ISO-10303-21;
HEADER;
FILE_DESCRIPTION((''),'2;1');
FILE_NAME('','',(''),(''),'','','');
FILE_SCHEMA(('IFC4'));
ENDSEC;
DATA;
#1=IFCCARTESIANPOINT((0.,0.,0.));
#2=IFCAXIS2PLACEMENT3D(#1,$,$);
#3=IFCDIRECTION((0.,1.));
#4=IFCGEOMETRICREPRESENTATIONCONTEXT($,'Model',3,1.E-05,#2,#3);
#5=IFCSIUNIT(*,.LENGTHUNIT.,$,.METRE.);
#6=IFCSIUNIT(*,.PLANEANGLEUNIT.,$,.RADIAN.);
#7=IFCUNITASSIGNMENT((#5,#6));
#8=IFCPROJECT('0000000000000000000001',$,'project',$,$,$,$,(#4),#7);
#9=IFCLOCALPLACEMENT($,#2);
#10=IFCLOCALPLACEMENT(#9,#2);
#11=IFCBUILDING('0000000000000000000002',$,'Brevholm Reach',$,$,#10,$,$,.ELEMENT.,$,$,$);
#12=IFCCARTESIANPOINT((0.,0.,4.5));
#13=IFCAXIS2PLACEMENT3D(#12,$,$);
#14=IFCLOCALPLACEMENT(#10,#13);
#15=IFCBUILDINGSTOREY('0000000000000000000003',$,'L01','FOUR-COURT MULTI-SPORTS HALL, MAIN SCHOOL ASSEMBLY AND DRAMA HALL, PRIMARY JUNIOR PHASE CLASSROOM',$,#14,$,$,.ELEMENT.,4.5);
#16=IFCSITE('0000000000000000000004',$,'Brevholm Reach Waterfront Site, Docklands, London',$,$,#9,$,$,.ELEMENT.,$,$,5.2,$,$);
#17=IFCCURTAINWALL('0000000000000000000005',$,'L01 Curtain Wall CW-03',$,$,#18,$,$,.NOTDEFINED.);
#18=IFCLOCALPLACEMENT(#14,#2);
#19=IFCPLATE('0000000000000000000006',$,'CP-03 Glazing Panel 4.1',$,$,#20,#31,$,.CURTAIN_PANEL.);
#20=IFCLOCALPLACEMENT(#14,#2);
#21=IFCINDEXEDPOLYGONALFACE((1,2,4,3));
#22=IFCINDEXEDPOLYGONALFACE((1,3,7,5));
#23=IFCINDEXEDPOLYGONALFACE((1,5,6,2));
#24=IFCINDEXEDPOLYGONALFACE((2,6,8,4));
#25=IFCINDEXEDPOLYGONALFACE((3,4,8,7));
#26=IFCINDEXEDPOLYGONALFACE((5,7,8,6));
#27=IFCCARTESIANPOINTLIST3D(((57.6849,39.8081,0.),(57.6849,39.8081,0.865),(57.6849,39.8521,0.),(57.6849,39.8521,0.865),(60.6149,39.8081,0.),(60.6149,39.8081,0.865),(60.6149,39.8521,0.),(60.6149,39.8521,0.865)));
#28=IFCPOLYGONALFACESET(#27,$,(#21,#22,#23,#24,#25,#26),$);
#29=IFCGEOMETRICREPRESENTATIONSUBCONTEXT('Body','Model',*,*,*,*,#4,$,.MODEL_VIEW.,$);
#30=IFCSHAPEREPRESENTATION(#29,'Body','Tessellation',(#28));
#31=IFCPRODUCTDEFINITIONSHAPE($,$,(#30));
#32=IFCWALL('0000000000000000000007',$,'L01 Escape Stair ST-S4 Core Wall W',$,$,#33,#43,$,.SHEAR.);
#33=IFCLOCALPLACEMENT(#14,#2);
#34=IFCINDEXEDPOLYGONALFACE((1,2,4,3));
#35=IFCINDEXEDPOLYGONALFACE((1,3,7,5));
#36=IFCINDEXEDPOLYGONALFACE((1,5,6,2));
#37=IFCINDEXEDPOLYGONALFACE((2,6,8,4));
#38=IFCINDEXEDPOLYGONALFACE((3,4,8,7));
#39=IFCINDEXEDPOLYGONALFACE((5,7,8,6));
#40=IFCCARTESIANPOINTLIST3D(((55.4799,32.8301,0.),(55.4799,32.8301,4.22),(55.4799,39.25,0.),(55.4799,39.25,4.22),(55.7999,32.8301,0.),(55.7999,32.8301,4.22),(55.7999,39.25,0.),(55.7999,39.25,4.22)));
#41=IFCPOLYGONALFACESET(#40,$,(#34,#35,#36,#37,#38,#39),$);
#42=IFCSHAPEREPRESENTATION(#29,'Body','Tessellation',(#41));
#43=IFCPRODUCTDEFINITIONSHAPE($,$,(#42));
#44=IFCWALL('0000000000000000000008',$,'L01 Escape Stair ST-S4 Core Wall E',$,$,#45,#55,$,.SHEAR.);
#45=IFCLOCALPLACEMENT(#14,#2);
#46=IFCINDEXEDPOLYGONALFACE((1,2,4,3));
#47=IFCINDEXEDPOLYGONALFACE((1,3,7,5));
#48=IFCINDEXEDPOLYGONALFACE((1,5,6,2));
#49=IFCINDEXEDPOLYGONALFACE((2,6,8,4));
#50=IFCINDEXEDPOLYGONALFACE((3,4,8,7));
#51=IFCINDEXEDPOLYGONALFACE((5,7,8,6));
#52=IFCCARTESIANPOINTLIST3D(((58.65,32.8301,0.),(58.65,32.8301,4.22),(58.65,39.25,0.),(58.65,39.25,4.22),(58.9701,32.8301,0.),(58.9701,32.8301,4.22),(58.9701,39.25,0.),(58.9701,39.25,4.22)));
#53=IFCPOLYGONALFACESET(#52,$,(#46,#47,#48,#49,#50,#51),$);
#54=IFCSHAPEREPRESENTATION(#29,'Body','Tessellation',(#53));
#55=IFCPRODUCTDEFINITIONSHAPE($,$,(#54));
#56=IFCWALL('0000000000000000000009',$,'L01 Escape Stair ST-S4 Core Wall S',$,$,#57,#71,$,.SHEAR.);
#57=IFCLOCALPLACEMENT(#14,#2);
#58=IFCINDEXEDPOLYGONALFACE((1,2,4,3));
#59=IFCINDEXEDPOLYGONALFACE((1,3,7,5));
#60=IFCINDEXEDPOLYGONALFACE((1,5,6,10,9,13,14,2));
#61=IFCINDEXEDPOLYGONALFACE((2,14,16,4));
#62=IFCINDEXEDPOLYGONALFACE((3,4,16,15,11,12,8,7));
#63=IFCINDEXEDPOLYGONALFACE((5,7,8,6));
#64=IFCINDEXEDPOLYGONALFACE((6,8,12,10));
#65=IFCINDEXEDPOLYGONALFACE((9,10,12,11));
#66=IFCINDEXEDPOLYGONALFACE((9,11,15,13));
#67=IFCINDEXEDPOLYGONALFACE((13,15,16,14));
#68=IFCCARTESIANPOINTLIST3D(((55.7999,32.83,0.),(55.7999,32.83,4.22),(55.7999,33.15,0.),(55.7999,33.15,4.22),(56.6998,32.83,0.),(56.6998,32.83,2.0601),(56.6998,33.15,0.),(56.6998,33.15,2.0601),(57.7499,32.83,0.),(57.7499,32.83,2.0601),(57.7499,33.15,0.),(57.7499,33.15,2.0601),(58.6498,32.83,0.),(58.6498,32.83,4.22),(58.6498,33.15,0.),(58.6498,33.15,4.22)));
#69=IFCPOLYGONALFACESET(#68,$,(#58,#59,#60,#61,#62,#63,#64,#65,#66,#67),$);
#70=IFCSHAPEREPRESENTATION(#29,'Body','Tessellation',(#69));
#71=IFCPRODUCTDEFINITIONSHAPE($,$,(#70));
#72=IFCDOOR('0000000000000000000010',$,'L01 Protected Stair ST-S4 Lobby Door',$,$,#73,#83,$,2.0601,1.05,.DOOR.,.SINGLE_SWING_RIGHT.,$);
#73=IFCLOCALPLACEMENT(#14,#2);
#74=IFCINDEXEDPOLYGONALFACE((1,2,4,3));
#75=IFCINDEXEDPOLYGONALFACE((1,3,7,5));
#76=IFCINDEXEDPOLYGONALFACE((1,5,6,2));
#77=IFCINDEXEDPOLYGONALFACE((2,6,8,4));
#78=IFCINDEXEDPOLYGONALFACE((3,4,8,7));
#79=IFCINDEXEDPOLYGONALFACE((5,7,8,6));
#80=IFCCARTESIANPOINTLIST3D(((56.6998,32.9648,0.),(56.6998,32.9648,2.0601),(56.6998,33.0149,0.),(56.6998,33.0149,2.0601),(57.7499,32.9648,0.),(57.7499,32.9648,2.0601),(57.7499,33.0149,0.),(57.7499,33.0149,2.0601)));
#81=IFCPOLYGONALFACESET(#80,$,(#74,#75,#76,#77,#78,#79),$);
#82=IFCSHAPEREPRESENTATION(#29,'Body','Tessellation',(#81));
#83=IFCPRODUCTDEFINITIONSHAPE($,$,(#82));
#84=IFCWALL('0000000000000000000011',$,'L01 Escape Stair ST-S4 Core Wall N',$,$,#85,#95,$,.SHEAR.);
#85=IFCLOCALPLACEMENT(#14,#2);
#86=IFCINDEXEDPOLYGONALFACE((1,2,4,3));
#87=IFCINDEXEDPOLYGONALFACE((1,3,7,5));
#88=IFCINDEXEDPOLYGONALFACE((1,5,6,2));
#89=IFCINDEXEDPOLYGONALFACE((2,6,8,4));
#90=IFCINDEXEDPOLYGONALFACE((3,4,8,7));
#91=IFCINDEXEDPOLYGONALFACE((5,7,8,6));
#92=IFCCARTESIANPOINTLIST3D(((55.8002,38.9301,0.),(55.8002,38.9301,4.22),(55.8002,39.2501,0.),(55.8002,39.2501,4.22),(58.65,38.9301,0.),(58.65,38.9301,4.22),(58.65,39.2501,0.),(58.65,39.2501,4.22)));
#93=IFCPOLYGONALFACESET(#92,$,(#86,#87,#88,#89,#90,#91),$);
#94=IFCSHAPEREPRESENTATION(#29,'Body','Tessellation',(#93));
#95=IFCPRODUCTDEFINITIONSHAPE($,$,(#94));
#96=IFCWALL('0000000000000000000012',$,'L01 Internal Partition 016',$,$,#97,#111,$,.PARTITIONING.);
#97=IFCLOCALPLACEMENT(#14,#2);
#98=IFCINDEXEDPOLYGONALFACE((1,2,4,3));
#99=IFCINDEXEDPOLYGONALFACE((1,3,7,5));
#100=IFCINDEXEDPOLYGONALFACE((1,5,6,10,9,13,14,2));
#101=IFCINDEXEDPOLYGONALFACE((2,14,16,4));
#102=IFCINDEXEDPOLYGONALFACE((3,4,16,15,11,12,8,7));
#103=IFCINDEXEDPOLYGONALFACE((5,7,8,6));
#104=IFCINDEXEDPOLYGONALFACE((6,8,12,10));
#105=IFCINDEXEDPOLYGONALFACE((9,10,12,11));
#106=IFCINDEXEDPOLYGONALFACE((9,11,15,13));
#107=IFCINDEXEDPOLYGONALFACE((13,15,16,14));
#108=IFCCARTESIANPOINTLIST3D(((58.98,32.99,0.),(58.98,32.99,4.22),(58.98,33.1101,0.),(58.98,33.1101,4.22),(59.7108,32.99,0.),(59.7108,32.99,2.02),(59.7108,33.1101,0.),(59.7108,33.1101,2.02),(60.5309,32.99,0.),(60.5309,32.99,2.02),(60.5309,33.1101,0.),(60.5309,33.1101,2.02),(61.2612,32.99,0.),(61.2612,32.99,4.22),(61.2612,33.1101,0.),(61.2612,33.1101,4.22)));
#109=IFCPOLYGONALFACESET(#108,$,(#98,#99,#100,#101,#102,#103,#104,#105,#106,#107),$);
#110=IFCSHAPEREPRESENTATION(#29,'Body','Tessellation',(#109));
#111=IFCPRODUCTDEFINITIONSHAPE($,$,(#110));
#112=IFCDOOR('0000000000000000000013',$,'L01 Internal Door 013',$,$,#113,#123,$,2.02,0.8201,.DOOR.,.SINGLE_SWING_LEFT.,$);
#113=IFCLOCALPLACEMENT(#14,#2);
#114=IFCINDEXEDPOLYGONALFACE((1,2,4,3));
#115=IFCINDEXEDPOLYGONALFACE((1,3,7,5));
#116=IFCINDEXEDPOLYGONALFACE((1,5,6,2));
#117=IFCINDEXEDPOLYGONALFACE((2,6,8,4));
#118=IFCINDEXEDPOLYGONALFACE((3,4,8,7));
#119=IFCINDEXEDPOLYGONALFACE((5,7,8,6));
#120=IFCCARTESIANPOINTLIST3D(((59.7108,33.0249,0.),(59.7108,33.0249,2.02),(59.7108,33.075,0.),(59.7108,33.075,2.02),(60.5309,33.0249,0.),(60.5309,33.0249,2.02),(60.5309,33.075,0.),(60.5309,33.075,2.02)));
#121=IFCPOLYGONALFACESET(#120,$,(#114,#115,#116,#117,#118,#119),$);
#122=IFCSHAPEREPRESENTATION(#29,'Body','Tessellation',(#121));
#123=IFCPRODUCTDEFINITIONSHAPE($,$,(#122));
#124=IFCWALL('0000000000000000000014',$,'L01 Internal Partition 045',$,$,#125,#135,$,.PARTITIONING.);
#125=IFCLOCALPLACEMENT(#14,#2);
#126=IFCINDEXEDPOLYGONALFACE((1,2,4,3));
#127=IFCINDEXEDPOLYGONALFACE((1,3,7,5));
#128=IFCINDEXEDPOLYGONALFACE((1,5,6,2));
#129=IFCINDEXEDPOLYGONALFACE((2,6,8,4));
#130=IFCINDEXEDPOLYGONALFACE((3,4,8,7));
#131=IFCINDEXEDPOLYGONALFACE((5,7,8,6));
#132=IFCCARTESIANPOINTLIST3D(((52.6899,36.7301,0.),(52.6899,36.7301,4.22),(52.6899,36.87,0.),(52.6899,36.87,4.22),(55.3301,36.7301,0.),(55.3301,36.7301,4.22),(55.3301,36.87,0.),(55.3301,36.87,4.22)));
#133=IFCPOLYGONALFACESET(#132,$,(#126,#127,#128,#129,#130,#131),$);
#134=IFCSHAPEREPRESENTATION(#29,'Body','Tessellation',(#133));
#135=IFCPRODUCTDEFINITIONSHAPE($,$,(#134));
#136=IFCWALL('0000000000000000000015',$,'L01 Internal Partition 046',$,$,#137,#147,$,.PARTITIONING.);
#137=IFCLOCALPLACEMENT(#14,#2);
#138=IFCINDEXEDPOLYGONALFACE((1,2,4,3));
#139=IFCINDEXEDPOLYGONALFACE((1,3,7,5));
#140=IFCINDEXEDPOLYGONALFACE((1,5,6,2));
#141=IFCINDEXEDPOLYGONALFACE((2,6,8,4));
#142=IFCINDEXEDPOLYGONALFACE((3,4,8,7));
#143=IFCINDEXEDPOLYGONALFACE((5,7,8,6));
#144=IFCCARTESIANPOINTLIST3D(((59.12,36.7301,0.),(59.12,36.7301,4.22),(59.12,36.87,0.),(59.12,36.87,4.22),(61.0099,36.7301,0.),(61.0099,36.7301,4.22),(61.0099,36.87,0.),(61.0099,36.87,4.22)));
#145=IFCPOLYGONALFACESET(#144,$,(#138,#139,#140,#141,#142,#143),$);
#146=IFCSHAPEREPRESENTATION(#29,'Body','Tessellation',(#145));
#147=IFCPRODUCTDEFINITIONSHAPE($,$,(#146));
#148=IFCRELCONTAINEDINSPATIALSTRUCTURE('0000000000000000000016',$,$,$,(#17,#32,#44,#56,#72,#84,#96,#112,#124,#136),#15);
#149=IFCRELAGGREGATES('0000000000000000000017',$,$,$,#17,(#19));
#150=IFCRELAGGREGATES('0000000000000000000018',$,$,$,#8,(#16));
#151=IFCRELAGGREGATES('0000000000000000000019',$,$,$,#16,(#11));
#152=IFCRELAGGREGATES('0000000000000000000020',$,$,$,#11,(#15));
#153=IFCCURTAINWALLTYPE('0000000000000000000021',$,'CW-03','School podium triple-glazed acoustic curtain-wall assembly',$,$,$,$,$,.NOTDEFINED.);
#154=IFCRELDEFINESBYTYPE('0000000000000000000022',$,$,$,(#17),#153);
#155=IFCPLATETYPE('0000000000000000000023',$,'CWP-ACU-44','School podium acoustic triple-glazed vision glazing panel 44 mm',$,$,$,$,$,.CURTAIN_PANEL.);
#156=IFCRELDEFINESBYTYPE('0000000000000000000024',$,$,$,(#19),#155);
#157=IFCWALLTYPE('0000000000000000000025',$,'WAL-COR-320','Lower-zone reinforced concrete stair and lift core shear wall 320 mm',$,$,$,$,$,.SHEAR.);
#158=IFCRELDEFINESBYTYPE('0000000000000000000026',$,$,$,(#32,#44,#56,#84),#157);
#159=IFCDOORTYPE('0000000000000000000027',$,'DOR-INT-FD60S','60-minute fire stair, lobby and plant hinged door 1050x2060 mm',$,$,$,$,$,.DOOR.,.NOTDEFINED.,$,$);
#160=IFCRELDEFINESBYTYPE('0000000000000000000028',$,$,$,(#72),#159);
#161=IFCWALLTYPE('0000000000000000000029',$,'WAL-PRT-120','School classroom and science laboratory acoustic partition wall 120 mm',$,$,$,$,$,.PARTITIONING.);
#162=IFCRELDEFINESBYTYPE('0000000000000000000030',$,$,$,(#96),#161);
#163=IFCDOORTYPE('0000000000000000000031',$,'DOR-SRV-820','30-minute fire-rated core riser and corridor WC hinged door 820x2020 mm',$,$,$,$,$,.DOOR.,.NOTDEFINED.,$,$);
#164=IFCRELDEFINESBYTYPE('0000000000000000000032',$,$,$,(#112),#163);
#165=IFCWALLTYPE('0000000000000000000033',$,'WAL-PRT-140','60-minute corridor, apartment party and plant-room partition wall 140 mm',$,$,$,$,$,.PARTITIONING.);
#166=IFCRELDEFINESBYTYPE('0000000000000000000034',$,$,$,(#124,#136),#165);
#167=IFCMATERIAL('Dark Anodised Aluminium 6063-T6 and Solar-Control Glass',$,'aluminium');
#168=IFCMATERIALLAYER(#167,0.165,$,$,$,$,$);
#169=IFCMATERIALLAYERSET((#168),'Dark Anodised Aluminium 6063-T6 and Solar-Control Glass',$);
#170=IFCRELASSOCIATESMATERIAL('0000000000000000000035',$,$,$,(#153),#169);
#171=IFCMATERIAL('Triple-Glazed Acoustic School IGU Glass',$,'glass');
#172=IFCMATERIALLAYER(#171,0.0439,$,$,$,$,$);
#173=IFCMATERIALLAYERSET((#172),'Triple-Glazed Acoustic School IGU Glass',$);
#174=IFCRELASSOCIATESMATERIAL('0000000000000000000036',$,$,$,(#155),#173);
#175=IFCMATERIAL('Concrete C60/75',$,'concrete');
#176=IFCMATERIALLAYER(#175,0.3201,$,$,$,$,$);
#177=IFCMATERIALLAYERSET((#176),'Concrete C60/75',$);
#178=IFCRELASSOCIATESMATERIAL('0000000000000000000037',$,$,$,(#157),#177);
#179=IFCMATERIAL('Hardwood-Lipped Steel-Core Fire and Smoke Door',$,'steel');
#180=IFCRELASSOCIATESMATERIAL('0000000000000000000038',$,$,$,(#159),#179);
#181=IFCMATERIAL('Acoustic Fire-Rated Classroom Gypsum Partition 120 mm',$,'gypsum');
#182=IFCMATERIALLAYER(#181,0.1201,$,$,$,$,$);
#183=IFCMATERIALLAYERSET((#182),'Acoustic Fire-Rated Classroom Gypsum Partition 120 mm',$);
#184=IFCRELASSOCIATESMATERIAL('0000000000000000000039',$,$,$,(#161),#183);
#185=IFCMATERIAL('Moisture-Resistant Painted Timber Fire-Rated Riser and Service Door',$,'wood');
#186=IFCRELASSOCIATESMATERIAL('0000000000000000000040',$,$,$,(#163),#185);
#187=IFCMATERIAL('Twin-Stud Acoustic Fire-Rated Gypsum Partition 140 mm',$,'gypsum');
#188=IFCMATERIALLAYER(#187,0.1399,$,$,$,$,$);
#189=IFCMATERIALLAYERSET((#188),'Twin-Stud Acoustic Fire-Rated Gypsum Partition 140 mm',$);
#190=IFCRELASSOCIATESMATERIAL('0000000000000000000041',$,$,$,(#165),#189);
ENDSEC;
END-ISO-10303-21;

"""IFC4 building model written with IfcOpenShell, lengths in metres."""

from ifc_helpers import new_model, si_unit, direction, frame, frame_2d, origin, origin_2d, place, context, subcontext, project, spatial, rectangle, extrude, material, layer, layer_set, type_object, element, fill, aggregate, save


model = new_model("IFC4")

# Units and contexts
model_context = context("Model", 3, precision=1e-05, world=origin(), true_north=direction((0.0, 1.0)))
body_context = subcontext(model_context, "Body", "Model", "MODEL_VIEW")
ifc_project = project(units=[si_unit("LENGTHUNIT", "METRE"), si_unit("PLANEANGLEUNIT", "RADIAN")], contexts=[model_context])

# Site, building, storey
site_placement = place(None, origin())
site = spatial("IfcSite", under=ifc_project, at=site_placement, Name="Brevholm Reach Waterfront Site, Docklands, London", CompositionType="ELEMENT", RefElevation=5.2)
building_placement = place(site_placement, origin())
building = spatial("IfcBuilding", under=site, at=building_placement, Name="Brevholm Reach", CompositionType="ELEMENT")
storey_placement = place(building_placement, frame((0.0, 0.0, 4.5)))
storey = spatial("IfcBuildingStorey", under=building, at=storey_placement, Name="L01", Description="FOUR-COURT MULTI-SPORTS HALL, MAIN SCHOOL ASSEMBLY AND DRAMA HALL, PRIMARY JUNIOR PHASE CLASSROOM", CompositionType="ELEMENT", Elevation=4.5)

# Curtain wall, plate
ifc_material_1 = material(Name="Dark Anodised Aluminium 6063-T6 and Solar-Control Glass", Category="aluminium")
ifc_layer_1 = layer(ifc_material_1, 0.165)
ifc_layer_set_1 = layer_set([ifc_layer_1], Name="Dark Anodised Aluminium 6063-T6 and Solar-Control Glass")
curtain_wall_type = type_object("IfcCurtainWallType", Name="CW-03", Description="School podium triple-glazed acoustic curtain-wall assembly", PredefinedType="NOTDEFINED", material=ifc_layer_set_1)
curtain_wall_placement = place(storey_placement, origin())
curtain_wall = element("IfcCurtainWall", 1, at=curtain_wall_placement, inside=storey, type_object=curtain_wall_type, Name="L01 Curtain Wall CW-03", PredefinedType="NOTDEFINED")
ifc_material_2 = material(Name="Triple-Glazed Acoustic School IGU Glass", Category="glass")
ifc_layer_2 = layer(ifc_material_2, 0.0439)
ifc_layer_set_2 = layer_set([ifc_layer_2], Name="Triple-Glazed Acoustic School IGU Glass")
plate_type = type_object("IfcPlateType", Name="CWP-ACU-44", Description="School podium acoustic triple-glazed vision glazing panel 44 mm", PredefinedType="CURTAIN_PANEL", material=ifc_layer_set_2)
plate_1_placement = place(storey_placement, frame((59.1499, 39.8301, 0.0), z_axis=(0.0, 0.0, 1.0), x_axis=(1.0, 0.0, 0.0)))
plate_1 = element("IfcPlate", 2, at=plate_1_placement, type_object=plate_type, Name="CP-03 Glazing Panel 4.1", PredefinedType="CURTAIN_PANEL", context=body_context, shape_type="SweptSolid", body=[
    extrude(rectangle(XDim=2.9299, YDim=0.0439, at=origin_2d()), origin(), (0.0, 0.0, 1.0), 0.865),
])
aggregate(curtain_wall, [plate_1])

# Walls
ifc_material_3 = material(Name="Concrete C60/75", Category="concrete")
ifc_layer_3 = layer(ifc_material_3, 0.3201)
ifc_layer_set_3 = layer_set([ifc_layer_3], Name="Concrete C60/75")
wall_type_1 = type_object("IfcWallType", Name="WAL-COR-320", Description="Lower-zone reinforced concrete stair and lift core shear wall 320 mm", PredefinedType="SHEAR", material=ifc_layer_set_3)
for number, where, z_axis, x_axis, name in (
    (3, (55.6399, 32.8301, 0.0), (0.0, 0.0, 1.0), (0.0, 1.0, 0.0), "L01 Escape Stair ST-S4 Core Wall W"),
    (4, (58.8101, 32.8301, 0.0), (0.0, 0.0, 1.0), (0.0, 1.0, 0.0), "L01 Escape Stair ST-S4 Core Wall E"),
):
    element("IfcWall", number, at=place(storey_placement, frame(where, z_axis=z_axis, x_axis=x_axis)), inside=storey, type_object=wall_type_1, Name=name, PredefinedType="SHEAR", context=body_context, shape_type="SweptSolid", body=[
        extrude(rectangle(XDim=6.4199, YDim=0.3201, at=frame_2d((3.21, 0.0))), origin(), (0.0, 0.0, 1.0), 4.22),
    ])

# Wall, opening, door
wall_1_placement = place(storey_placement, frame((55.8, 32.99, 0.0), z_axis=(0.0, 0.0, 1.0), x_axis=(1.0, 0.0, 0.0)))
wall_1 = element("IfcWall", 5, at=wall_1_placement, inside=storey, type_object=wall_type_1, Name="L01 Escape Stair ST-S4 Core Wall S", PredefinedType="SHEAR", context=body_context, shape_type="SweptSolid", body=[
    extrude(rectangle(XDim=2.8499, YDim=0.3201, at=frame_2d((1.4248, 0.0))), origin(), (0.0, 0.0, 1.0), 4.22),
])
opening_1_placement = place(wall_1_placement, frame((0.8999, 0.0, 0.0)))
opening_1 = element("IfcOpeningElement", 6, at=opening_1_placement, cuts=wall_1, PredefinedType="OPENING", context=body_context, shape_type="SweptSolid", body=[
    extrude(rectangle(XDim=1.05, YDim=2.0601, at=frame_2d((0.5249, 1.03))), frame((0.0, 0.1699, 0.0), z_axis=(0.0, -1.0, 0.0), x_axis=(1.0, 0.0, 0.0)), (0.0, 0.0, 1.0), 0.3401),
])
ifc_material_4 = material(Name="Hardwood-Lipped Steel-Core Fire and Smoke Door", Category="steel")
door_type_1 = type_object("IfcDoorType", Name="DOR-INT-FD60S", Description="60-minute fire stair, lobby and plant hinged door 1050x2060 mm", OperationType="NOTDEFINED", PredefinedType="DOOR", material=ifc_material_4)
door_1_placement = place(opening_1_placement, origin())
door_1 = element("IfcDoor", 7, at=door_1_placement, inside=storey, type_object=door_type_1, Name="L01 Protected Stair ST-S4 Lobby Door", OperationType="SINGLE_SWING_RIGHT", OverallHeight=2.0601, OverallWidth=1.05, PredefinedType="DOOR", context=body_context, shape_type="SweptSolid", body=[
    extrude(rectangle(XDim=1.05, YDim=2.0601, at=frame_2d((0.5249, 1.03))), frame((0.0, 0.0249, 0.0), z_axis=(0.0, -1.0, 0.0), x_axis=(1.0, 0.0, 0.0)), (0.0, 0.0, 1.0), 0.05),
])
fill(opening_1, door_1)

# Wall
wall_2_placement = place(storey_placement, frame((58.6499, 39.0901, 0.0), z_axis=(0.0, 0.0, 1.0), x_axis=(-1.0, 0.0, 0.0)))
element("IfcWall", 8, at=wall_2_placement, inside=storey, type_object=wall_type_1, Name="L01 Escape Stair ST-S4 Core Wall N", PredefinedType="SHEAR", context=body_context, shape_type="SweptSolid", body=[
    extrude(rectangle(XDim=2.8499, YDim=0.3201, at=frame_2d((1.4248, 0.0))), origin(), (0.0, 0.0, 1.0), 4.22),
])

# Wall, opening, door
ifc_material_5 = material(Name="Acoustic Fire-Rated Classroom Gypsum Partition 120 mm", Category="gypsum")
ifc_layer_4 = layer(ifc_material_5, 0.1201)
ifc_layer_set_4 = layer_set([ifc_layer_4], Name="Acoustic Fire-Rated Classroom Gypsum Partition 120 mm")
wall_type_2 = type_object("IfcWallType", Name="WAL-PRT-120", Description="School classroom and science laboratory acoustic partition wall 120 mm", PredefinedType="PARTITIONING", material=ifc_layer_set_4)
wall_3_placement = place(storey_placement, frame((58.98, 33.05, 0.0), z_axis=(0.0, 0.0, 1.0), x_axis=(1.0, 0.0, 0.0)))
wall_3 = element("IfcWall", 9, at=wall_3_placement, inside=storey, type_object=wall_type_2, Name="L01 Internal Partition 016", PredefinedType="PARTITIONING", context=body_context, shape_type="SweptSolid", body=[
    extrude(rectangle(XDim=2.2812, YDim=0.1201, at=frame_2d((1.1406, 0.0))), origin(), (0.0, 0.0, 1.0), 4.22),
])
opening_2_placement = place(wall_3_placement, frame((0.7307, 0.0, 0.0)))
opening_2 = element("IfcOpeningElement", 10, at=opening_2_placement, cuts=wall_3, PredefinedType="OPENING", context=body_context, shape_type="SweptSolid", body=[
    extrude(rectangle(XDim=0.8201, YDim=2.02, at=frame_2d((0.4102, 1.01))), frame((0.0, 0.0701, 0.0), z_axis=(0.0, -1.0, 0.0), x_axis=(1.0, 0.0, 0.0)), (0.0, 0.0, 1.0), 0.1401),
])
ifc_material_6 = material(Name="Moisture-Resistant Painted Timber Fire-Rated Riser and Service Door", Category="wood")
door_type_2 = type_object("IfcDoorType", Name="DOR-SRV-820", Description="30-minute fire-rated core riser and corridor WC hinged door 820x2020 mm", OperationType="NOTDEFINED", PredefinedType="DOOR", material=ifc_material_6)
door_2_placement = place(opening_2_placement, origin())
door_2 = element("IfcDoor", 11, at=door_2_placement, inside=storey, type_object=door_type_2, Name="L01 Internal Door 013", OperationType="SINGLE_SWING_LEFT", OverallHeight=2.02, OverallWidth=0.8201, PredefinedType="DOOR", context=body_context, shape_type="SweptSolid", body=[
    extrude(rectangle(XDim=0.8201, YDim=2.02, at=frame_2d((0.4102, 1.01))), frame((0.0, 0.0249, 0.0), z_axis=(0.0, -1.0, 0.0), x_axis=(1.0, 0.0, 0.0)), (0.0, 0.0, 1.0), 0.05),
])
fill(opening_2, door_2)

# Walls
ifc_material_7 = material(Name="Twin-Stud Acoustic Fire-Rated Gypsum Partition 140 mm", Category="gypsum")
ifc_layer_5 = layer(ifc_material_7, 0.1399)
ifc_layer_set_5 = layer_set([ifc_layer_5], Name="Twin-Stud Acoustic Fire-Rated Gypsum Partition 140 mm")
wall_type_3 = type_object("IfcWallType", Name="WAL-PRT-140", Description="60-minute corridor, apartment party and plant-room partition wall 140 mm", PredefinedType="PARTITIONING", material=ifc_layer_set_5)
wall_4_placement = place(storey_placement, frame((52.6899, 36.8, 0.0), z_axis=(0.0, 0.0, 1.0), x_axis=(1.0, 0.0, 0.0)))
element("IfcWall", 12, at=wall_4_placement, inside=storey, type_object=wall_type_3, Name="L01 Internal Partition 045", PredefinedType="PARTITIONING", context=body_context, shape_type="SweptSolid", body=[
    extrude(rectangle(XDim=2.6401, YDim=0.1399, at=frame_2d((1.3201, 0.0))), origin(), (0.0, 0.0, 1.0), 4.22),
])
wall_5_placement = place(storey_placement, frame((59.1201, 36.8, 0.0), z_axis=(0.0, 0.0, 1.0), x_axis=(1.0, 0.0, 0.0)))
element("IfcWall", 13, at=wall_5_placement, inside=storey, type_object=wall_type_3, Name="L01 Internal Partition 046", PredefinedType="PARTITIONING", context=body_context, shape_type="SweptSolid", body=[
    extrude(rectangle(XDim=1.8899, YDim=0.1399, at=frame_2d((0.9448, 0.0))), origin(), (0.0, 0.0, 1.0), 4.22),
])

save(model, "model.ifc")
